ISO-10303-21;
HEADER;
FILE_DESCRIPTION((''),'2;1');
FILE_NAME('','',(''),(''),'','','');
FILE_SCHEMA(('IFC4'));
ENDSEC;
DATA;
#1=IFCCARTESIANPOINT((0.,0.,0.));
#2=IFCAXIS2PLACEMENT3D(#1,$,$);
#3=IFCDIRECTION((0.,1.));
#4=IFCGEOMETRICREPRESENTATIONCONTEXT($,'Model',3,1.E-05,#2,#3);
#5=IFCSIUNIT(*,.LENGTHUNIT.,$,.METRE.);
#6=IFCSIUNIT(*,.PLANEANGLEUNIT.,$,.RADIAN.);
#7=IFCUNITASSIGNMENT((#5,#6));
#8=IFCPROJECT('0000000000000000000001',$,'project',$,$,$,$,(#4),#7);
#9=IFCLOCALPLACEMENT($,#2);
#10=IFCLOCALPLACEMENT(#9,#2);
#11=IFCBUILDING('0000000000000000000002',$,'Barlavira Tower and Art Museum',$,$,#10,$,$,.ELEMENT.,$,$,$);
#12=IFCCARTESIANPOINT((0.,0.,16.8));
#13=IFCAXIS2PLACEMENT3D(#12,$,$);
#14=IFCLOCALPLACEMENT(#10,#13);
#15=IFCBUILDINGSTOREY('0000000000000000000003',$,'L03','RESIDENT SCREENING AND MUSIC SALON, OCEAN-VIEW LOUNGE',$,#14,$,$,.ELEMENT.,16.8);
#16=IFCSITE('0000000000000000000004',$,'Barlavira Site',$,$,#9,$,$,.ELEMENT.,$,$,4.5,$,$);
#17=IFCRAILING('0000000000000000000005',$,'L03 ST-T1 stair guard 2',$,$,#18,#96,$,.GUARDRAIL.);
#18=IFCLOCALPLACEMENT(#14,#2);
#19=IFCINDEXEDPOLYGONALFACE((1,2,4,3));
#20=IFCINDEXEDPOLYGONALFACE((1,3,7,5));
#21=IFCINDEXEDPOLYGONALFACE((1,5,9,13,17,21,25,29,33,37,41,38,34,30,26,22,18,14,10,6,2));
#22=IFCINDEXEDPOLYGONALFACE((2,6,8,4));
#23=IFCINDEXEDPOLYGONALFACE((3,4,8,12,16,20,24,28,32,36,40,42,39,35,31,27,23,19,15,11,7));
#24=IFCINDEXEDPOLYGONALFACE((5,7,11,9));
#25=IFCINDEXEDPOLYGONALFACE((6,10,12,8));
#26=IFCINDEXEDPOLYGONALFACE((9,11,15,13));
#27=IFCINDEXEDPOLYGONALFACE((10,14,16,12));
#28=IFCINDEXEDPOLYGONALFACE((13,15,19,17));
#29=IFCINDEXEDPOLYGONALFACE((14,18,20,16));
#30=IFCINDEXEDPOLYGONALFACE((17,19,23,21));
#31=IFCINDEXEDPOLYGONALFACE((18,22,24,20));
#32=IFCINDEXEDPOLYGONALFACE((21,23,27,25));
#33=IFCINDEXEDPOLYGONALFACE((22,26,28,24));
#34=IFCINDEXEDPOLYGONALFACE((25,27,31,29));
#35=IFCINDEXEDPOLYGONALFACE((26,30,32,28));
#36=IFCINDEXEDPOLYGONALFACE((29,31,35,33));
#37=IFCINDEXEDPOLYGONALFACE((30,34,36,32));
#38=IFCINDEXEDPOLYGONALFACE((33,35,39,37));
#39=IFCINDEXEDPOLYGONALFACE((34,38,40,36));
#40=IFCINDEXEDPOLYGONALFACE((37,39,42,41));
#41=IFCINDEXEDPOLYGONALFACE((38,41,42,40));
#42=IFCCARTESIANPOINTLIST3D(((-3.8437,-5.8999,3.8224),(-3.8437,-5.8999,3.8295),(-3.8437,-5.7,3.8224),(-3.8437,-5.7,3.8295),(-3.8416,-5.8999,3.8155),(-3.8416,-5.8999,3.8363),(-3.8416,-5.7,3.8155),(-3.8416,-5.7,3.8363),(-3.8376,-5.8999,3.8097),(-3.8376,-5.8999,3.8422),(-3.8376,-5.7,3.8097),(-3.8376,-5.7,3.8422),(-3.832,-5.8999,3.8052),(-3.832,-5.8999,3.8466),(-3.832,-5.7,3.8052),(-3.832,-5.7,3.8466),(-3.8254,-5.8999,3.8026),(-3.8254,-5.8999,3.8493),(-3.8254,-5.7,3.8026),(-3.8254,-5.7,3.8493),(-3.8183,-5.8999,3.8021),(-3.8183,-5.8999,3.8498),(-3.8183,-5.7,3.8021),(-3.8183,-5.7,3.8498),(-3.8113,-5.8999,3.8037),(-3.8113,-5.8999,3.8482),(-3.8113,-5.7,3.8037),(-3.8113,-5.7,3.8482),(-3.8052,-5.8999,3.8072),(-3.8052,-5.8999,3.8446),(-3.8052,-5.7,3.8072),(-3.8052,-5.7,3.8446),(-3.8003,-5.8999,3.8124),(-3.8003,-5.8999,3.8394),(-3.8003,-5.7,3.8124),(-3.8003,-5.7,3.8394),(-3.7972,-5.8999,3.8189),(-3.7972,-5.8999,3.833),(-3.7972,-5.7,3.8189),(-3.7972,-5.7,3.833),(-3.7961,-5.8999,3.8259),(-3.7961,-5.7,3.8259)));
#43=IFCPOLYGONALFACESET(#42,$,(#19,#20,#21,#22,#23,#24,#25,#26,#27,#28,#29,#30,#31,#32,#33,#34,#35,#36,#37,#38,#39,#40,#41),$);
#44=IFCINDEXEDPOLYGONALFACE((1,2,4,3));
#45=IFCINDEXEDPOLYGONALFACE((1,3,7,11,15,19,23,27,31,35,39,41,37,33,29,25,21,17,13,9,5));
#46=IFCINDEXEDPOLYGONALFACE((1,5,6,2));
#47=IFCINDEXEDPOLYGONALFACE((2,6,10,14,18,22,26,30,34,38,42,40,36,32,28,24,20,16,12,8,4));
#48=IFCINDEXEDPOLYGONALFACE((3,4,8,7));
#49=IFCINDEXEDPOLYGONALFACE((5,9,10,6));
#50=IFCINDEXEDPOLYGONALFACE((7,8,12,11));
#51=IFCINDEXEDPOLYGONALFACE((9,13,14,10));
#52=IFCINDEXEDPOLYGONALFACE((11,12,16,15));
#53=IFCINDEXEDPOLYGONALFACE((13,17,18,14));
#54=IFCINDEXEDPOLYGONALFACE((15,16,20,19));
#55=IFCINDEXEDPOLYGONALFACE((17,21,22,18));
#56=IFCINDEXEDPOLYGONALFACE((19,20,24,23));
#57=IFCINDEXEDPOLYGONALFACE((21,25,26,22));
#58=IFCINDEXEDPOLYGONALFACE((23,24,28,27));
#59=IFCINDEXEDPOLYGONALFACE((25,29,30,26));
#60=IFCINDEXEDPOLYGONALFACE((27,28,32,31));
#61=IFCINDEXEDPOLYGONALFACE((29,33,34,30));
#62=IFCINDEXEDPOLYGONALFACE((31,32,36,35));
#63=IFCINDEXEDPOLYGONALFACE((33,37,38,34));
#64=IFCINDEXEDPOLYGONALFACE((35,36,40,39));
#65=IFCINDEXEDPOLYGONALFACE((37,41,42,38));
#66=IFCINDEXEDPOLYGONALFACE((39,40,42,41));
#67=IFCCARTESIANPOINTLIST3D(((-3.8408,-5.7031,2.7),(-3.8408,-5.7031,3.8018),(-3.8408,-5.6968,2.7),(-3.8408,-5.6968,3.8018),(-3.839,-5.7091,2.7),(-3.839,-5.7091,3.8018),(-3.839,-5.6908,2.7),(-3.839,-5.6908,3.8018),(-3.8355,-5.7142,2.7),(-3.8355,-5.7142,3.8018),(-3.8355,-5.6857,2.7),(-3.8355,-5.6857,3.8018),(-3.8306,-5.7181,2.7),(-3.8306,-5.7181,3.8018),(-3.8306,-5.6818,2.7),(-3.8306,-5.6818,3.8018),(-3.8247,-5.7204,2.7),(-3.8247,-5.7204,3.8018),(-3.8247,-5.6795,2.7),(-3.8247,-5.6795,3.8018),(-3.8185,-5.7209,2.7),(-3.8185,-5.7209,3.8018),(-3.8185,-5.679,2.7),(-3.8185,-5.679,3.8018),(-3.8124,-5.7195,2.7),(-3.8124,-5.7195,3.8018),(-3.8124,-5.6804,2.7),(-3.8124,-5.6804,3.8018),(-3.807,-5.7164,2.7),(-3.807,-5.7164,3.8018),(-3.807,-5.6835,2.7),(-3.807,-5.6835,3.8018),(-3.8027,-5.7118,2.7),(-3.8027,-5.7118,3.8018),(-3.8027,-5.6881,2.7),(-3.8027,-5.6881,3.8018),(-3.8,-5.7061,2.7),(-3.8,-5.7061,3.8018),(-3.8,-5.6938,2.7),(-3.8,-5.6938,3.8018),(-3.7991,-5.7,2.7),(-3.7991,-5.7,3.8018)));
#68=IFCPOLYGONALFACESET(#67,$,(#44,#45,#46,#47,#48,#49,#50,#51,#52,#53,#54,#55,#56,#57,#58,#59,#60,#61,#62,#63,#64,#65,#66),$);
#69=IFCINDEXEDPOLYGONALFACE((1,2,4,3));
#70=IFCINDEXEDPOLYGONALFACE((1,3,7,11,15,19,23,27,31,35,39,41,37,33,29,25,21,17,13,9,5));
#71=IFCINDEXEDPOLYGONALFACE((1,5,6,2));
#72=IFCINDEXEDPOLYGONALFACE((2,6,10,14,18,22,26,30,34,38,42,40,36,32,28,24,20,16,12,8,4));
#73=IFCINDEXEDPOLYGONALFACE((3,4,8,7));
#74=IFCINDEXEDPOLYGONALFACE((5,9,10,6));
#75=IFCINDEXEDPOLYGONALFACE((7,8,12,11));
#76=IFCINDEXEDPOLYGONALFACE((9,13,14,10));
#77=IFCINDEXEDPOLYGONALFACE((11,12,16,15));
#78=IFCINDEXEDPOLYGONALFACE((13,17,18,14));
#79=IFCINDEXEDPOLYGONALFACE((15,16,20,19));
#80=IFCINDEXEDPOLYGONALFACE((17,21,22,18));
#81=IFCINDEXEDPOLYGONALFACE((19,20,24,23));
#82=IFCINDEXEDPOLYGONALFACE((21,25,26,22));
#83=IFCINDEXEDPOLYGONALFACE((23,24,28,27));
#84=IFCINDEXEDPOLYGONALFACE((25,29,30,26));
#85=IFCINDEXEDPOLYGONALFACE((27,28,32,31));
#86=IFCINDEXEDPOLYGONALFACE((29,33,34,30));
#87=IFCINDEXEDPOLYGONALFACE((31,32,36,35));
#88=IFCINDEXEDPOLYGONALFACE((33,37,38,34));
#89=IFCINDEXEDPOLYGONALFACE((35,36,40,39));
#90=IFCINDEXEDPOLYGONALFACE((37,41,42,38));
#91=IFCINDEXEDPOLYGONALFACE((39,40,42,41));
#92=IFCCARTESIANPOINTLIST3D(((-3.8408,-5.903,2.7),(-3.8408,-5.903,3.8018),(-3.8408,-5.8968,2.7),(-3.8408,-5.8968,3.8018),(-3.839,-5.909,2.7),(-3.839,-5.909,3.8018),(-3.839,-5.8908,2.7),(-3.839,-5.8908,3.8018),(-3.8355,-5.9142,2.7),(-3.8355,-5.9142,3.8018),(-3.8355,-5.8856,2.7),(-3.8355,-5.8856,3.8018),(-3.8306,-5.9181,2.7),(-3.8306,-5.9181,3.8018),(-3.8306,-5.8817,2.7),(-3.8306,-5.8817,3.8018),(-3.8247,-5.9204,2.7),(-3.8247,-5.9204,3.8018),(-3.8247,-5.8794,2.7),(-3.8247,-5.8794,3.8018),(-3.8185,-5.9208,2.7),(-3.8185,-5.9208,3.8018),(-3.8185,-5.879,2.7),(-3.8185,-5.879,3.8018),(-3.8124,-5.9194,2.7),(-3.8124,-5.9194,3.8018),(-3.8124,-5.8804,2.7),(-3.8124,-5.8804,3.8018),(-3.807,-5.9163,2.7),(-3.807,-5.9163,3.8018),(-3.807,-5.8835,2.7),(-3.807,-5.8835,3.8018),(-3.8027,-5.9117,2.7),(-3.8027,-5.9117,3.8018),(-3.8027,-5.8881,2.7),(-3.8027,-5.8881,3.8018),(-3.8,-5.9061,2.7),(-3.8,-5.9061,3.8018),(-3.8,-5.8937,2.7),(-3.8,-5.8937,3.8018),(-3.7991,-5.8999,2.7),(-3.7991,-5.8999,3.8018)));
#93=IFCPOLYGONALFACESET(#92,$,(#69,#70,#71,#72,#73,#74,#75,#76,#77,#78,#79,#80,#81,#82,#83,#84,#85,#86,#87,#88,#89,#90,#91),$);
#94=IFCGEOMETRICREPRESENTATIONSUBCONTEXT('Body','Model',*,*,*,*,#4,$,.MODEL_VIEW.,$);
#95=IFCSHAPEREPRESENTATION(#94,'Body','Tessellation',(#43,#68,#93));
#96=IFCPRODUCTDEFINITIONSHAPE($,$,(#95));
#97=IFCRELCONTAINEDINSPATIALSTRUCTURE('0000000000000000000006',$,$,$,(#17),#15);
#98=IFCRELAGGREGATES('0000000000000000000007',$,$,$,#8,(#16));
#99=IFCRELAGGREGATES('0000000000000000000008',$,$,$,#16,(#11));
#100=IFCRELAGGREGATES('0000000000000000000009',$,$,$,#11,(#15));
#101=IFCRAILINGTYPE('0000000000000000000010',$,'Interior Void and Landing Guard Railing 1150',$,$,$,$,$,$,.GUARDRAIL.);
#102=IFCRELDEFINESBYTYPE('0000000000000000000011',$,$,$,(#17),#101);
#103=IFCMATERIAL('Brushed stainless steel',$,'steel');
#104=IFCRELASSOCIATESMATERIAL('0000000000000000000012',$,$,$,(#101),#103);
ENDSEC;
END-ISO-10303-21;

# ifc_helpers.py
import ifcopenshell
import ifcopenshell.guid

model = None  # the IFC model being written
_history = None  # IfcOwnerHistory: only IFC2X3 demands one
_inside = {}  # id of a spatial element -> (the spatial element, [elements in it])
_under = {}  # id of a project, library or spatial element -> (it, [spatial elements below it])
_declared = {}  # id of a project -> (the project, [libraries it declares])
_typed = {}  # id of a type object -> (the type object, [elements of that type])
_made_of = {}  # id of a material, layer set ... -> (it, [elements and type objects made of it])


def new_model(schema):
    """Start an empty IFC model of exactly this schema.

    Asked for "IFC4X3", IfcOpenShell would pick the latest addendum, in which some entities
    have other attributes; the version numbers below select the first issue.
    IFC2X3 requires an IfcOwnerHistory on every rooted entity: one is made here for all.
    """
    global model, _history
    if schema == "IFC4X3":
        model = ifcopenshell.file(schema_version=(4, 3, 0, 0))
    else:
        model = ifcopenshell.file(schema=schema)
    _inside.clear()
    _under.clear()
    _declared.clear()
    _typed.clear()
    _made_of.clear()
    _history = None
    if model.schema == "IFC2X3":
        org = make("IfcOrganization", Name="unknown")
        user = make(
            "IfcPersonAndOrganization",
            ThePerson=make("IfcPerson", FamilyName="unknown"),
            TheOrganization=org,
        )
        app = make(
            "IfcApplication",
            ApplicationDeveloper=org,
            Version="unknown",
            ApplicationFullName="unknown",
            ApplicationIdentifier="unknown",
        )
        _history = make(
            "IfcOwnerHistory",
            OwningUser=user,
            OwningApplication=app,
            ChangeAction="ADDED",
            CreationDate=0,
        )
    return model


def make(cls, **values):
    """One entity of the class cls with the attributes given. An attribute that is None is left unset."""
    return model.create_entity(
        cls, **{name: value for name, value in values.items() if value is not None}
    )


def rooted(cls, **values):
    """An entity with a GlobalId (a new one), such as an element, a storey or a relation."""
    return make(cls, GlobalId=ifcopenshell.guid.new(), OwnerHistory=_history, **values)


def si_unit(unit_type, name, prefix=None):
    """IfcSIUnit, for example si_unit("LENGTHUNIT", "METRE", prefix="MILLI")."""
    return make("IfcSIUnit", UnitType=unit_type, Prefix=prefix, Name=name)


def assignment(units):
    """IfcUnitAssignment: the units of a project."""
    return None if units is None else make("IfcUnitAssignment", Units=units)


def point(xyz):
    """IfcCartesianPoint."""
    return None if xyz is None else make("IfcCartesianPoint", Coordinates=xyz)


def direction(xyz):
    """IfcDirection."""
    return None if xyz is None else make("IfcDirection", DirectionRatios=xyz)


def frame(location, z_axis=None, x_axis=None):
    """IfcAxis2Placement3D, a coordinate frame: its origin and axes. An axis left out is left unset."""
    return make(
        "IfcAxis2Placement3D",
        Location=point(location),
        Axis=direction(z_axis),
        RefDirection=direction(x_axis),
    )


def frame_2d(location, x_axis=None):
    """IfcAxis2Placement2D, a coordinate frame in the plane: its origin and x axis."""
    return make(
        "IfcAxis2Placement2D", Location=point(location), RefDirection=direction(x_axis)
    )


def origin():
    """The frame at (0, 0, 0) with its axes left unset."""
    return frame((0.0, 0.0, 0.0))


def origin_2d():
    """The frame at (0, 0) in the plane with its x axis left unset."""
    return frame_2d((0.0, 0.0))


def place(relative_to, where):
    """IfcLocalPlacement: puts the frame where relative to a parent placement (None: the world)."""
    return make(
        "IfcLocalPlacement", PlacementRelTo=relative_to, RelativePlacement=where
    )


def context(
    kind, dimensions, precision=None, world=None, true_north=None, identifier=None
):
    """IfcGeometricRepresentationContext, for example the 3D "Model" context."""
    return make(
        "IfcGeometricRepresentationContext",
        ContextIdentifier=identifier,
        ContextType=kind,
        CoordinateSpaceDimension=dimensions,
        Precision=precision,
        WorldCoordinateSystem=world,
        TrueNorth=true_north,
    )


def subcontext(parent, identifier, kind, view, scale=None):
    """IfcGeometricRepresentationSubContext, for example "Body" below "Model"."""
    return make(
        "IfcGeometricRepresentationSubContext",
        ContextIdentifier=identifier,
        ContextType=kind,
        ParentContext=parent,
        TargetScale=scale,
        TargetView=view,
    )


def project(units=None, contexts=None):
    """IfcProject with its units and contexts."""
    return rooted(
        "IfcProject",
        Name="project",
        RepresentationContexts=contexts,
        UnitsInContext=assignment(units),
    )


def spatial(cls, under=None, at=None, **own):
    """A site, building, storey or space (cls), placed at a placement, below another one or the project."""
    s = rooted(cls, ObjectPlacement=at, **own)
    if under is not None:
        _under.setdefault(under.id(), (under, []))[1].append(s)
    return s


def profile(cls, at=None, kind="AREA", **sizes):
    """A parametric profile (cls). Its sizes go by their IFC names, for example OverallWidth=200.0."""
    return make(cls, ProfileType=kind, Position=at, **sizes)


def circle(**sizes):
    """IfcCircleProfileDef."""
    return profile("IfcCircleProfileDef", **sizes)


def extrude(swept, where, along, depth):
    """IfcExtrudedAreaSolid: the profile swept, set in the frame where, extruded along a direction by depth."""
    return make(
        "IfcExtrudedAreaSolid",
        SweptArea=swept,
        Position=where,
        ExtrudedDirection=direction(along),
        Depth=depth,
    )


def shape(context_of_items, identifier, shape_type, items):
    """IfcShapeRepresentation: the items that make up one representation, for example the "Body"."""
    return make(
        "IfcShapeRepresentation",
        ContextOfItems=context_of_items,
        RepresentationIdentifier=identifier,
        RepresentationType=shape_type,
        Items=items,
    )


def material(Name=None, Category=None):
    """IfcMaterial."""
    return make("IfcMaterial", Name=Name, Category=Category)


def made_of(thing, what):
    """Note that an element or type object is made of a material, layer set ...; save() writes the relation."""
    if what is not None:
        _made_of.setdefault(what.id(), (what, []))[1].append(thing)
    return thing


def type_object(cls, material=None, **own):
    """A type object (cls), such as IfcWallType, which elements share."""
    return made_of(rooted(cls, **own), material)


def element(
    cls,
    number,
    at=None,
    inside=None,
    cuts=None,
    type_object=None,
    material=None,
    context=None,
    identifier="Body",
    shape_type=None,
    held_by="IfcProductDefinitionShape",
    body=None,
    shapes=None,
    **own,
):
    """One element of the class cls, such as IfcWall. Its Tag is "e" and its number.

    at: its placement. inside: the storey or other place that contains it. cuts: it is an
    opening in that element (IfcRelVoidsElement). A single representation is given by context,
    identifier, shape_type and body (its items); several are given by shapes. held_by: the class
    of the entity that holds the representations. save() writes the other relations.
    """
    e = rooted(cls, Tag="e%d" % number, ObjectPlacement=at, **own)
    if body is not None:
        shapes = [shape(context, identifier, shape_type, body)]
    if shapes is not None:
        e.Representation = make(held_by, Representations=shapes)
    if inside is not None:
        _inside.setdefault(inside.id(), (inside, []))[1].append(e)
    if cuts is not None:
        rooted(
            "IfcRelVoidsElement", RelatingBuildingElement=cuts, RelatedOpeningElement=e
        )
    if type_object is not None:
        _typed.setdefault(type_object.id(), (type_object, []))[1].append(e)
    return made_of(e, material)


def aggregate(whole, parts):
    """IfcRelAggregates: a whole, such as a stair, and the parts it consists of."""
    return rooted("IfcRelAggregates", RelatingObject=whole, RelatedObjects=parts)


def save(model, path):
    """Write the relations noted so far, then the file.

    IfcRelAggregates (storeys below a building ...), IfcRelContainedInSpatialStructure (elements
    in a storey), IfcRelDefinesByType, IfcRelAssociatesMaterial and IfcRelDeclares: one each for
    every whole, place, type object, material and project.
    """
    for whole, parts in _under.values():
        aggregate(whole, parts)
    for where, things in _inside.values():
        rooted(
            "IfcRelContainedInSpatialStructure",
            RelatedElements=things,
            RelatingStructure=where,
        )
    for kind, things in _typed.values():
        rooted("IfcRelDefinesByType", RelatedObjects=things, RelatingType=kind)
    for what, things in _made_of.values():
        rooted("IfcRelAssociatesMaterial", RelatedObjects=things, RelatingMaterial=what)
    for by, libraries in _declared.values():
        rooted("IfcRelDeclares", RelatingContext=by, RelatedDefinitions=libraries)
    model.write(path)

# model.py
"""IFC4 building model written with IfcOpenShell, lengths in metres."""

from ifc_helpers import new_model, si_unit, direction, frame, origin, origin_2d, place, context, subcontext, project, spatial, circle, extrude, material, type_object, element, save


model = new_model("IFC4")

# Units and contexts
model_context = context("Model", 3, precision=1e-05, world=origin(), true_north=direction((0.0, 1.0)))
body_context = subcontext(model_context, "Body", "Model", "MODEL_VIEW")
ifc_project = project(units=[si_unit("LENGTHUNIT", "METRE"), si_unit("PLANEANGLEUNIT", "RADIAN")], contexts=[model_context])

# Site, building, storey
site_placement = place(None, origin())
site = spatial("IfcSite", under=ifc_project, at=site_placement, Name="Barlavira Site", CompositionType="ELEMENT", RefElevation=4.5)
building_placement = place(site_placement, origin())
building = spatial("IfcBuilding", under=site, at=building_placement, Name="Barlavira Tower and Art Museum", CompositionType="ELEMENT")
storey_placement = place(building_placement, frame((0.0, 0.0, 16.8)))
storey = spatial("IfcBuildingStorey", under=building, at=storey_placement, Name="L03", Description="RESIDENT SCREENING AND MUSIC SALON, OCEAN-VIEW LOUNGE", CompositionType="ELEMENT", Elevation=16.8)

# Shared definitions
ifc_material_1 = material(Name="Brushed stainless steel", Category="steel")

# Railing
railing_type_1 = type_object("IfcRailingType", Name="Interior Void and Landing Guard Railing 1150", PredefinedType="GUARDRAIL", material=ifc_material_1)
railing_1_placement = place(storey_placement, frame((-3.8201, -5.7, 2.7)))
element("IfcRailing", 1, at=railing_1_placement, inside=storey, type_object=railing_type_1, Name="L03 ST-T1 stair guard 2", PredefinedType="GUARDRAIL", context=body_context, shape_type="SweptSolid", body=[
    extrude(circle(Radius=0.0239, at=origin_2d()), frame((0.0, 0.0, 1.126), z_axis=(0.0, -1.0, 0.0), x_axis=(1.0, 0.0, 0.0)), (0.0, 0.0, 1.0), 0.2),
    extrude(circle(Radius=0.021, at=origin_2d()), origin(), (0.0, 0.0, 1.0), 1.1018),
    extrude(circle(Radius=0.021, at=origin_2d()), frame((0.0, -0.2, 0.0)), (0.0, 0.0, 1.0), 1.1018),
])

save(model, "model.ifc")
